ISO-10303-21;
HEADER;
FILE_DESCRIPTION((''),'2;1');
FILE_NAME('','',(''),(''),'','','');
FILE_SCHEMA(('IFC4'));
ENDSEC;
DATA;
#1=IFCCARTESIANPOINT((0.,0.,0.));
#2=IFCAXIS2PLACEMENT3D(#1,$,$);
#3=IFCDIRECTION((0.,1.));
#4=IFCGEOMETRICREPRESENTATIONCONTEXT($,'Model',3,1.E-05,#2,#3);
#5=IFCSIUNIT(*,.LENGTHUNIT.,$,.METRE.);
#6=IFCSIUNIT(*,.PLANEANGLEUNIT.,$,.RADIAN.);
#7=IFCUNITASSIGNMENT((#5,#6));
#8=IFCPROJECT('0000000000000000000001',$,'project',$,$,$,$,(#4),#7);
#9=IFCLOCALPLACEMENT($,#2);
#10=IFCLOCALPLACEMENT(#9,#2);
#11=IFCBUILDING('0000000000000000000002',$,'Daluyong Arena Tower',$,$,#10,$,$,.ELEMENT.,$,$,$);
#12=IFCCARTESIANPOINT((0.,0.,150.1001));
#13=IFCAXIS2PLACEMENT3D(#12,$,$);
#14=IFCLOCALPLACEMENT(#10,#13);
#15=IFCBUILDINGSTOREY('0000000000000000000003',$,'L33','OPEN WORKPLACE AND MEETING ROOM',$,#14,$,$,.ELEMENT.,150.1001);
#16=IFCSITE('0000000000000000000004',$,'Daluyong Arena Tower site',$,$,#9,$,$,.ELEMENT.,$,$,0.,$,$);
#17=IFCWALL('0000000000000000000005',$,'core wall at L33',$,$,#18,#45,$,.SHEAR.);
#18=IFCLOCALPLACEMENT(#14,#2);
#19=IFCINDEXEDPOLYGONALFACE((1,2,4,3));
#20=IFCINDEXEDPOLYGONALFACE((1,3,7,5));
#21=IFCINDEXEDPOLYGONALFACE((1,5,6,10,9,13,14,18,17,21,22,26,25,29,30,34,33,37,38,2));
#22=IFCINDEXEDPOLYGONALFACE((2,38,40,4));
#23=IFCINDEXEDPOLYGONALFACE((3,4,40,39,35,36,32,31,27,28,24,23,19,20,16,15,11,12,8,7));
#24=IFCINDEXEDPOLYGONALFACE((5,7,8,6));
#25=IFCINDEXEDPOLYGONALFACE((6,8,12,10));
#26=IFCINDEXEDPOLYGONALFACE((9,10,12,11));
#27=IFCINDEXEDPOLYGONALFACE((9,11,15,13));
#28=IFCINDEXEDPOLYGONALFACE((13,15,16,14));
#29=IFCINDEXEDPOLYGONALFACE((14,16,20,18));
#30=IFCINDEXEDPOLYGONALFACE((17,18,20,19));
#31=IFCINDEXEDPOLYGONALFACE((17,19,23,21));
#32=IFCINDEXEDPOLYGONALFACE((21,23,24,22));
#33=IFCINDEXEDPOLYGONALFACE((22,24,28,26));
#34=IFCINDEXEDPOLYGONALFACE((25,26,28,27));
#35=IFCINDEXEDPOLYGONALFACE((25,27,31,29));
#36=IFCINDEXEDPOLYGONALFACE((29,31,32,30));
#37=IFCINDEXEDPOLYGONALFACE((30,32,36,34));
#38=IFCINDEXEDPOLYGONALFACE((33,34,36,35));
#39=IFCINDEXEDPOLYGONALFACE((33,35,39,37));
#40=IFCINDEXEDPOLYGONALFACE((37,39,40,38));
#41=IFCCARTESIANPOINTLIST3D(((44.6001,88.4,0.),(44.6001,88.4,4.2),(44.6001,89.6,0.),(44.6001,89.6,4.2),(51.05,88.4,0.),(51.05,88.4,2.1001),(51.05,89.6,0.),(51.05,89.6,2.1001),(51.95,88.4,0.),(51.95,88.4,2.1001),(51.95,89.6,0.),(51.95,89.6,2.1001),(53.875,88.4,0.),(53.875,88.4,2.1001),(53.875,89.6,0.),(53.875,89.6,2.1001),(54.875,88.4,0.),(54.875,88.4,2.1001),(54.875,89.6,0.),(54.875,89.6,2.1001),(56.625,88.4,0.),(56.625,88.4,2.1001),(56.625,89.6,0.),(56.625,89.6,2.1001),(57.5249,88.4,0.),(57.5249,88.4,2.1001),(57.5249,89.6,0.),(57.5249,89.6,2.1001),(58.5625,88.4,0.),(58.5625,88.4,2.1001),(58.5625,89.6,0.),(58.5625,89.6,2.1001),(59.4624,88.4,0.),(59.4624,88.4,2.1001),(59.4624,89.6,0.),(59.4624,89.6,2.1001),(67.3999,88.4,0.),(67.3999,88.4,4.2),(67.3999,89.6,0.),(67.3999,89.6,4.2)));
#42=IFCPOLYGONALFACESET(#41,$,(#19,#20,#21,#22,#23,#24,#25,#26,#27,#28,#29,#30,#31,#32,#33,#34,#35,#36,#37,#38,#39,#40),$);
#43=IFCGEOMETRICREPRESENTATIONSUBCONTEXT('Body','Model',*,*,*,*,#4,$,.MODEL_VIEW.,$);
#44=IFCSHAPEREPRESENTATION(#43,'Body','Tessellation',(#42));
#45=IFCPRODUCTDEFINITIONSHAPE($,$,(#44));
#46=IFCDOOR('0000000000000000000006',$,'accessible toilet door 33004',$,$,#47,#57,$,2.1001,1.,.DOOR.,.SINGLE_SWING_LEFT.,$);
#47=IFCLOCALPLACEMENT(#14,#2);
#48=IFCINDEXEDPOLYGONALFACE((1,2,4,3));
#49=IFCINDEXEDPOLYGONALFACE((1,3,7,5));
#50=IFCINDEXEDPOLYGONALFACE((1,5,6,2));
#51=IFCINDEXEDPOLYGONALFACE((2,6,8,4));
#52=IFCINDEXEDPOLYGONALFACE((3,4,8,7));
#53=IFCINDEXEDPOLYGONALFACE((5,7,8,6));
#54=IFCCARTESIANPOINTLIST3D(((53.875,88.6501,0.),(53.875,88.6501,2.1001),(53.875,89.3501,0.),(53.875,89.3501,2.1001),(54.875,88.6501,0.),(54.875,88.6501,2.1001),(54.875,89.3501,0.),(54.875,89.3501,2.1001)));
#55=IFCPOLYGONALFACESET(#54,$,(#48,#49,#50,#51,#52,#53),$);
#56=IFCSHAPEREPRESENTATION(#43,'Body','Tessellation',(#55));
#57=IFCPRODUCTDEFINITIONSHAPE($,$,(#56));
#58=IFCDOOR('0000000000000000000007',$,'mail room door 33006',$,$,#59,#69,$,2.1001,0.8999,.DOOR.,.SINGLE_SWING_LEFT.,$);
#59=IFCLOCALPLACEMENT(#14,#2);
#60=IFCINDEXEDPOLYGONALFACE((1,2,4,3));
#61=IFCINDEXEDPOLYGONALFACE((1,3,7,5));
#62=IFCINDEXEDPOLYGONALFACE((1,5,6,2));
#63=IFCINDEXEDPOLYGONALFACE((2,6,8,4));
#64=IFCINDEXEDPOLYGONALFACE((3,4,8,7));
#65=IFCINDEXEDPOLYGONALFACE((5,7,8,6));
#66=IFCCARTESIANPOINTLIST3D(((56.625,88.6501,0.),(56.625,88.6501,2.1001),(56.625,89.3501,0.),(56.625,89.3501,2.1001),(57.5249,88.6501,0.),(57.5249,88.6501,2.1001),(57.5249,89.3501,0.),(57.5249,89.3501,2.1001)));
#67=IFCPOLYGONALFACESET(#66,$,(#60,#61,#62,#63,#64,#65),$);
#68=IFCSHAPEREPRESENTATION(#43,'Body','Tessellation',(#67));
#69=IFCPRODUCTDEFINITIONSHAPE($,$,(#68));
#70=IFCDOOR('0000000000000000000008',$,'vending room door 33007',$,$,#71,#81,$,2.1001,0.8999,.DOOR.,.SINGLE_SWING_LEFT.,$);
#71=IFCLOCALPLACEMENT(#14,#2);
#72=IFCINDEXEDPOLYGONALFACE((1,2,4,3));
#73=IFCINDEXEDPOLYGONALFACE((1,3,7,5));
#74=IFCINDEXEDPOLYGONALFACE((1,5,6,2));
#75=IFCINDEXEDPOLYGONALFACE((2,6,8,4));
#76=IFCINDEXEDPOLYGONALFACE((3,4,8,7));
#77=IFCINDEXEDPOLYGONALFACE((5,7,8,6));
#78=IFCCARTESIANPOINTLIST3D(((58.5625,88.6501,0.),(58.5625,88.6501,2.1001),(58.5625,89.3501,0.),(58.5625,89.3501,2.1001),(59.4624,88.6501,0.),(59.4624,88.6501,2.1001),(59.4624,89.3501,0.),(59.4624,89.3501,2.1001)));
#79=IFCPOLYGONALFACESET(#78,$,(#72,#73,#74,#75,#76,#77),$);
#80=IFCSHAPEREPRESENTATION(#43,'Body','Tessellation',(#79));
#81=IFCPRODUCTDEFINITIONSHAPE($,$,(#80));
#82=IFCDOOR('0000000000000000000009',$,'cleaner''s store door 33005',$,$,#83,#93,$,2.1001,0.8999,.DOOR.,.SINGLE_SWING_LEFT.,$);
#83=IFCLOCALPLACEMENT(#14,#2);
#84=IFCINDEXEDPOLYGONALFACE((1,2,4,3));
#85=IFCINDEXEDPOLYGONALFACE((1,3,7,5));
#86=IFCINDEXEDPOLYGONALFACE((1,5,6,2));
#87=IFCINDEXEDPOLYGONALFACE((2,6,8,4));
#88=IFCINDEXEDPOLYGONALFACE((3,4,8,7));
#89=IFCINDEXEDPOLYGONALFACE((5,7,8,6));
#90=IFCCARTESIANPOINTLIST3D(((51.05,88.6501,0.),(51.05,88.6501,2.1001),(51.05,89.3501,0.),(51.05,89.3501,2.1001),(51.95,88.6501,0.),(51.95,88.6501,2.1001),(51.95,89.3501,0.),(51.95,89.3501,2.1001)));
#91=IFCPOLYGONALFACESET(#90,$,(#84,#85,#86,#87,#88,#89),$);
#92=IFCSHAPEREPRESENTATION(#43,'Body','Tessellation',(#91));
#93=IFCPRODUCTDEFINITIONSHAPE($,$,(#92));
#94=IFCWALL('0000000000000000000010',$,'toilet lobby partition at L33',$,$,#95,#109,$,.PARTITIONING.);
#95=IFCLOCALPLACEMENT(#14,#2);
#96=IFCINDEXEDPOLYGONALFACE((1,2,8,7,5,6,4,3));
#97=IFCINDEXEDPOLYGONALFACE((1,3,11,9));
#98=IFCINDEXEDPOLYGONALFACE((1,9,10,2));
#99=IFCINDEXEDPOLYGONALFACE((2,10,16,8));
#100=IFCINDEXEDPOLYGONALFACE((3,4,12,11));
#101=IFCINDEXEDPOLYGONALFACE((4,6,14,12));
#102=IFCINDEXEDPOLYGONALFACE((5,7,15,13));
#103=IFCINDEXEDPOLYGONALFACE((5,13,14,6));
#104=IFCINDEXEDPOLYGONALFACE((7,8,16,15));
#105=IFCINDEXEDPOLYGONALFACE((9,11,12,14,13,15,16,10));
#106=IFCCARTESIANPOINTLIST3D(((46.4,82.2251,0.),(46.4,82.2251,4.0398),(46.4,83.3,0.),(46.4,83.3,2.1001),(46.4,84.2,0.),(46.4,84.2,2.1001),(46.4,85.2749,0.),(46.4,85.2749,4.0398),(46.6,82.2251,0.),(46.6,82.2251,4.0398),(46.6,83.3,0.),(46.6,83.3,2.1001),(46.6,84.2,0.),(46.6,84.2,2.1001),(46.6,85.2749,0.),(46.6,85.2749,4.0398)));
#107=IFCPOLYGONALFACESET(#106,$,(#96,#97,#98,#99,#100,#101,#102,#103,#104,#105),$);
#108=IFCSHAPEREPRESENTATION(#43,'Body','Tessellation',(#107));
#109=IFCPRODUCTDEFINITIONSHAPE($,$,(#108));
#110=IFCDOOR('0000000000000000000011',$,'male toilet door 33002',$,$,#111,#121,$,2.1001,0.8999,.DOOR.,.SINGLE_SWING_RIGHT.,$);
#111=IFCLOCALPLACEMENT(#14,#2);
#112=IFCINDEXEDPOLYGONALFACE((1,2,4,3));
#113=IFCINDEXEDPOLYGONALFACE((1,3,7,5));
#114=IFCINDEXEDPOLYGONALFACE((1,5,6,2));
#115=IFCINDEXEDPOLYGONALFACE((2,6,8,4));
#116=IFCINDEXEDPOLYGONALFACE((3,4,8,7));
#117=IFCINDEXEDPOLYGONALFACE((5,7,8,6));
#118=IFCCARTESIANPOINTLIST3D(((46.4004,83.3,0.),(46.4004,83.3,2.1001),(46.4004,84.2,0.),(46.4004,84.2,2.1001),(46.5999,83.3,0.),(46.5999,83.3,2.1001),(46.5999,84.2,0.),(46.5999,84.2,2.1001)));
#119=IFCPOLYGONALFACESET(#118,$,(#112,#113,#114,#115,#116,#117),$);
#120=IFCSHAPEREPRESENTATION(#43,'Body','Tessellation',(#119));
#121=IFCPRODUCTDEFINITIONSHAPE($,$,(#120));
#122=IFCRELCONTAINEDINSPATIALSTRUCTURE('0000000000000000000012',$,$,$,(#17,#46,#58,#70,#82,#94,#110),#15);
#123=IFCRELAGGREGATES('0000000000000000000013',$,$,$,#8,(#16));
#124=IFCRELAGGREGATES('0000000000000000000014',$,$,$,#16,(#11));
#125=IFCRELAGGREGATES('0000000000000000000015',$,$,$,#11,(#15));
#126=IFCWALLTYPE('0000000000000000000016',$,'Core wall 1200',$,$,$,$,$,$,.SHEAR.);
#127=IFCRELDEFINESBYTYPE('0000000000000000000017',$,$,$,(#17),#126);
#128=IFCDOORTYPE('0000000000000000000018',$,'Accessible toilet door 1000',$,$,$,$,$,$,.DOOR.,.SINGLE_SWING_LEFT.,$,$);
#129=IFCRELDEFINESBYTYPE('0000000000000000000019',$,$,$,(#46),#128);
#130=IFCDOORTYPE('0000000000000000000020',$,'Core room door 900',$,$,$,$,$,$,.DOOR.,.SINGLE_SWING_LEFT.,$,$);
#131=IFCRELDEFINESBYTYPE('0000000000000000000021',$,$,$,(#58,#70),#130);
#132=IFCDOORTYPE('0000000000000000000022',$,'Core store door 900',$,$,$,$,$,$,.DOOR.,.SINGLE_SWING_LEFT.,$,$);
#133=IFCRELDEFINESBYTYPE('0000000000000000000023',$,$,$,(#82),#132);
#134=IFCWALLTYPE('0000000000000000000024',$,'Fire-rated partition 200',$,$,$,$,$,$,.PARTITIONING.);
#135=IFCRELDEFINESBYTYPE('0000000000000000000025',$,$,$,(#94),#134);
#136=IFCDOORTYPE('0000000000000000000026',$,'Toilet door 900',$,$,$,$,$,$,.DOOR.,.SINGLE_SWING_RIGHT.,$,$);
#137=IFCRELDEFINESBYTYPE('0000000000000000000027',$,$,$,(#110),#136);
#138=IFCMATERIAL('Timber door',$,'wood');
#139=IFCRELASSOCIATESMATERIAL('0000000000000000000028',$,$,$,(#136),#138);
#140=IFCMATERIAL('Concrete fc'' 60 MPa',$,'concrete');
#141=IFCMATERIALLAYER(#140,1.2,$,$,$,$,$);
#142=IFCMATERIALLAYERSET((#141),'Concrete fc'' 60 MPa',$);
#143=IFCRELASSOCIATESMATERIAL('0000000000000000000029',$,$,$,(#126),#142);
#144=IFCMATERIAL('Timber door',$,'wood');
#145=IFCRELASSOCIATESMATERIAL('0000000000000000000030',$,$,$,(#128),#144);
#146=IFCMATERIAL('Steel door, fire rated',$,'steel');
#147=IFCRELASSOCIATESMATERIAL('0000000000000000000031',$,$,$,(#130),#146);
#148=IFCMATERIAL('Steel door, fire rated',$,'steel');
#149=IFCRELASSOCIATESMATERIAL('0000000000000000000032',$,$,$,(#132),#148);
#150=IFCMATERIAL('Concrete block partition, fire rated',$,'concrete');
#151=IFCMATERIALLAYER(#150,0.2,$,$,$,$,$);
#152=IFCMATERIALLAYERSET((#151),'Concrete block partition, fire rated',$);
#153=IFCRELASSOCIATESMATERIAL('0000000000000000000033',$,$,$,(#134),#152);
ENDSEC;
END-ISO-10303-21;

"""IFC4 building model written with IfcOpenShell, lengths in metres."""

from ifc_helpers import new_model, si_unit, direction, frame, frame_2d, origin, place, context, subcontext, project, spatial, rectangle, extrude, material, layer, layer_set, type_object, element, fill, save


model = new_model("IFC4")

# Units and contexts
model_context = context("Model", 3, precision=1e-05, world=origin(), true_north=direction((0.0, 1.0)))
body_context = subcontext(model_context, "Body", "Model", "MODEL_VIEW")
ifc_project = project(units=[si_unit("LENGTHUNIT", "METRE"), si_unit("PLANEANGLEUNIT", "RADIAN")], contexts=[model_context])

# Site, building, storey
site_placement = place(None, origin())
site = spatial("IfcSite", under=ifc_project, at=site_placement, Name="Daluyong Arena Tower site", CompositionType="ELEMENT", RefElevation=0.0)
building_placement = place(site_placement, origin())
building = spatial("IfcBuilding", under=site, at=building_placement, Name="Daluyong Arena Tower", CompositionType="ELEMENT")
storey_placement = place(building_placement, frame((0.0, 0.0, 150.1001)))
storey = spatial("IfcBuildingStorey", under=building, at=storey_placement, Name="L33", Description="OPEN WORKPLACE AND MEETING ROOM", CompositionType="ELEMENT", Elevation=150.1001)

# Shared definitions
ifc_material_1 = material(Name="Timber door", Category="wood")
door_type_1 = type_object("IfcDoorType", Name="Toilet door 900", OperationType="SINGLE_SWING_RIGHT", PredefinedType="DOOR", material=ifc_material_1)

# Wall, openings, doors
ifc_material_2 = material(Name="Concrete fc' 60 MPa", Category="concrete")
ifc_layer_1 = layer(ifc_material_2, 1.2)
ifc_layer_set_1 = layer_set([ifc_layer_1], Name="Concrete fc' 60 MPa")
wall_type_1 = type_object("IfcWallType", Name="Core wall 1200", PredefinedType="SHEAR", material=ifc_layer_set_1)
wall_1_placement = place(storey_placement, frame((44.6001, 89.0, 0.0), z_axis=(0.0, 0.0, 1.0), x_axis=(1.0, 0.0, 0.0)))
wall_1 = element("IfcWall", 1, at=wall_1_placement, inside=storey, type_object=wall_type_1, Name="core wall at L33", PredefinedType="SHEAR", context=body_context, shape_type="SweptSolid", body=[
    extrude(rectangle(XDim=22.7998, YDim=1.2, at=frame_2d((11.3999, 0.0))), origin(), (0.0, 0.0, 1.0), 4.2),
])
opening_1_placement = place(wall_1_placement, frame((9.2749, 0.0, 0.0)))
opening_1 = element("IfcOpeningElement", 2, at=opening_1_placement, cuts=wall_1, PredefinedType="OPENING", context=body_context, shape_type="SweptSolid", body=[
    extrude(rectangle(XDim=1.0, YDim=2.1001, at=frame_2d((0.5, 1.05))), frame((0.0, 0.6099, 0.0), z_axis=(0.0, -1.0, 0.0), x_axis=(1.0, 0.0, 0.0)), (0.0, 0.0, 1.0), 1.22),
])
opening_2_placement = place(wall_1_placement, frame((6.45, 0.0, 0.0)))
opening_2 = element("IfcOpeningElement", 3, at=opening_2_placement, cuts=wall_1, PredefinedType="OPENING", context=body_context, shape_type="SweptSolid", body=[
    extrude(rectangle(XDim=0.8999, YDim=2.1001, at=frame_2d((0.45, 1.05))), frame((0.0, 0.6099, 0.0), z_axis=(0.0, -1.0, 0.0), x_axis=(1.0, 0.0, 0.0)), (0.0, 0.0, 1.0), 1.22),
])
opening_3_placement = place(wall_1_placement, frame((12.0249, 0.0, 0.0)))
opening_3 = element("IfcOpeningElement", 4, at=opening_3_placement, cuts=wall_1, PredefinedType="OPENING", context=body_context, shape_type="SweptSolid", body=[
    extrude(rectangle(XDim=0.8999, YDim=2.1001, at=frame_2d((0.45, 1.05))), frame((0.0, 0.6099, 0.0), z_axis=(0.0, -1.0, 0.0), x_axis=(1.0, 0.0, 0.0)), (0.0, 0.0, 1.0), 1.22),
])
opening_4_placement = place(wall_1_placement, frame((13.9624, 0.0, 0.0)))
opening_4 = element("IfcOpeningElement", 5, at=opening_4_placement, cuts=wall_1, PredefinedType="OPENING", context=body_context, shape_type="SweptSolid", body=[
    extrude(rectangle(XDim=0.8999, YDim=2.1001, at=frame_2d((0.45, 1.05))), frame((0.0, 0.6099, 0.0), z_axis=(0.0, -1.0, 0.0), x_axis=(1.0, 0.0, 0.0)), (0.0, 0.0, 1.0), 1.22),
])
ifc_material_3 = material(Name="Timber door", Category="wood")
door_type_2 = type_object("IfcDoorType", Name="Accessible toilet door 1000", OperationType="SINGLE_SWING_LEFT", PredefinedType="DOOR", material=ifc_material_3)
door_1_placement = place(opening_1_placement, origin())
door_1 = element("IfcDoor", 6, at=door_1_placement, inside=storey, type_object=door_type_2, Name="accessible toilet door 33004", OperationType="SINGLE_SWING_LEFT", OverallHeight=2.1001, OverallWidth=1.0, PredefinedType="DOOR", context=body_context, shape_type="SweptSolid", body=[
    extrude(rectangle(XDim=1.0, YDim=2.1001, at=frame_2d((0.5, 1.05))), frame((0.0, 0.3501, 0.0), z_axis=(0.0, -1.0, 0.0), x_axis=(1.0, 0.0, 0.0)), (0.0, 0.0, 1.0), 0.7),
])
fill(opening_1, door_1)
ifc_material_4 = material(Name="Steel door, fire rated", Category="steel")
door_type_3 = type_object("IfcDoorType", Name="Core room door 900", OperationType="SINGLE_SWING_LEFT", PredefinedType="DOOR", material=ifc_material_4)
door_2_placement = place(opening_3_placement, origin())
door_2 = element("IfcDoor", 7, at=door_2_placement, inside=storey, type_object=door_type_3, Name="mail room door 33006", OperationType="SINGLE_SWING_LEFT", OverallHeight=2.1001, OverallWidth=0.8999, PredefinedType="DOOR", context=body_context, shape_type="SweptSolid", body=[
    extrude(rectangle(XDim=0.8999, YDim=2.1001, at=frame_2d((0.45, 1.05))), frame((0.0, 0.3501, 0.0), z_axis=(0.0, -1.0, 0.0), x_axis=(1.0, 0.0, 0.0)), (0.0, 0.0, 1.0), 0.7),
])
fill(opening_3, door_2)
door_3_placement = place(opening_4_placement, origin())
door_3 = element("IfcDoor", 8, at=door_3_placement, inside=storey, type_object=door_type_3, Name="vending room door 33007", OperationType="SINGLE_SWING_LEFT", OverallHeight=2.1001, OverallWidth=0.8999, PredefinedType="DOOR", context=body_context, shape_type="SweptSolid", body=[
    extrude(rectangle(XDim=0.8999, YDim=2.1001, at=frame_2d((0.45, 1.05))), frame((0.0, 0.3501, 0.0), z_axis=(0.0, -1.0, 0.0), x_axis=(1.0, 0.0, 0.0)), (0.0, 0.0, 1.0), 0.7),
])
fill(opening_4, door_3)
ifc_material_5 = material(Name="Steel door, fire rated", Category="steel")
door_type_4 = type_object("IfcDoorType", Name="Core store door 900", OperationType="SINGLE_SWING_LEFT", PredefinedType="DOOR", material=ifc_material_5)
door_4_placement = place(opening_2_placement, origin())
door_4 = element("IfcDoor", 9, at=door_4_placement, inside=storey, type_object=door_type_4, Name="cleaner's store door 33005", OperationType="SINGLE_SWING_LEFT", OverallHeight=2.1001, OverallWidth=0.8999, PredefinedType="DOOR", context=body_context, shape_type="SweptSolid", body=[
    extrude(rectangle(XDim=0.8999, YDim=2.1001, at=frame_2d((0.45, 1.05))), frame((0.0, 0.3501, 0.0), z_axis=(0.0, -1.0, 0.0), x_axis=(1.0, 0.0, 0.0)), (0.0, 0.0, 1.0), 0.7),
])
fill(opening_2, door_4)

# Wall, opening, door
ifc_material_6 = material(Name="Concrete block partition, fire rated", Category="concrete")
ifc_layer_2 = layer(ifc_material_6, 0.2)
ifc_layer_set_2 = layer_set([ifc_layer_2], Name="Concrete block partition, fire rated")
wall_type_2 = type_object("IfcWallType", Name="Fire-rated partition 200", PredefinedType="PARTITIONING", material=ifc_layer_set_2)
wall_2_placement = place(storey_placement, frame((46.5, 82.2251, 0.0), z_axis=(0.0, 0.0, 1.0), x_axis=(0.0, 1.0, 0.0)))
wall_2 = element("IfcWall", 10, at=wall_2_placement, inside=storey, type_object=wall_type_2, Name="toilet lobby partition at L33", PredefinedType="PARTITIONING", context=body_context, shape_type="SweptSolid", body=[
    extrude(rectangle(XDim=3.0498, YDim=0.2, at=frame_2d((1.5249, 0.0))), origin(), (0.0, 0.0, 1.0), 4.0398),
])
opening_5_placement = place(wall_2_placement, frame((1.075, 0.0, 0.0)))
opening_5 = element("IfcOpeningElement", 11, at=opening_5_placement, cuts=wall_2, PredefinedType="OPENING", context=body_context, shape_type="SweptSolid", body=[
    extrude(rectangle(XDim=0.8999, YDim=2.1001, at=frame_2d((0.45, 1.05))), frame((0.0, 0.1099, 0.0), z_axis=(0.0, -1.0, 0.0), x_axis=(1.0, 0.0, 0.0)), (0.0, 0.0, 1.0), 0.22),
])
door_5_placement = place(opening_5_placement, origin())
door_5 = element("IfcDoor", 12, at=door_5_placement, inside=storey, type_object=door_type_1, Name="male toilet door 33002", OperationType="SINGLE_SWING_RIGHT", OverallHeight=2.1001, OverallWidth=0.8999, PredefinedType="DOOR", context=body_context, shape_type="SweptSolid", body=[
    extrude(rectangle(XDim=0.8999, YDim=2.1001, at=frame_2d((0.45, 1.05))), frame((0.0, 0.0996, 0.0), z_axis=(0.0, -1.0, 0.0), x_axis=(1.0, 0.0, 0.0)), (0.0, 0.0, 1.0), 0.1995),
])
fill(opening_5, door_5)

save(model, "model.ifc")
